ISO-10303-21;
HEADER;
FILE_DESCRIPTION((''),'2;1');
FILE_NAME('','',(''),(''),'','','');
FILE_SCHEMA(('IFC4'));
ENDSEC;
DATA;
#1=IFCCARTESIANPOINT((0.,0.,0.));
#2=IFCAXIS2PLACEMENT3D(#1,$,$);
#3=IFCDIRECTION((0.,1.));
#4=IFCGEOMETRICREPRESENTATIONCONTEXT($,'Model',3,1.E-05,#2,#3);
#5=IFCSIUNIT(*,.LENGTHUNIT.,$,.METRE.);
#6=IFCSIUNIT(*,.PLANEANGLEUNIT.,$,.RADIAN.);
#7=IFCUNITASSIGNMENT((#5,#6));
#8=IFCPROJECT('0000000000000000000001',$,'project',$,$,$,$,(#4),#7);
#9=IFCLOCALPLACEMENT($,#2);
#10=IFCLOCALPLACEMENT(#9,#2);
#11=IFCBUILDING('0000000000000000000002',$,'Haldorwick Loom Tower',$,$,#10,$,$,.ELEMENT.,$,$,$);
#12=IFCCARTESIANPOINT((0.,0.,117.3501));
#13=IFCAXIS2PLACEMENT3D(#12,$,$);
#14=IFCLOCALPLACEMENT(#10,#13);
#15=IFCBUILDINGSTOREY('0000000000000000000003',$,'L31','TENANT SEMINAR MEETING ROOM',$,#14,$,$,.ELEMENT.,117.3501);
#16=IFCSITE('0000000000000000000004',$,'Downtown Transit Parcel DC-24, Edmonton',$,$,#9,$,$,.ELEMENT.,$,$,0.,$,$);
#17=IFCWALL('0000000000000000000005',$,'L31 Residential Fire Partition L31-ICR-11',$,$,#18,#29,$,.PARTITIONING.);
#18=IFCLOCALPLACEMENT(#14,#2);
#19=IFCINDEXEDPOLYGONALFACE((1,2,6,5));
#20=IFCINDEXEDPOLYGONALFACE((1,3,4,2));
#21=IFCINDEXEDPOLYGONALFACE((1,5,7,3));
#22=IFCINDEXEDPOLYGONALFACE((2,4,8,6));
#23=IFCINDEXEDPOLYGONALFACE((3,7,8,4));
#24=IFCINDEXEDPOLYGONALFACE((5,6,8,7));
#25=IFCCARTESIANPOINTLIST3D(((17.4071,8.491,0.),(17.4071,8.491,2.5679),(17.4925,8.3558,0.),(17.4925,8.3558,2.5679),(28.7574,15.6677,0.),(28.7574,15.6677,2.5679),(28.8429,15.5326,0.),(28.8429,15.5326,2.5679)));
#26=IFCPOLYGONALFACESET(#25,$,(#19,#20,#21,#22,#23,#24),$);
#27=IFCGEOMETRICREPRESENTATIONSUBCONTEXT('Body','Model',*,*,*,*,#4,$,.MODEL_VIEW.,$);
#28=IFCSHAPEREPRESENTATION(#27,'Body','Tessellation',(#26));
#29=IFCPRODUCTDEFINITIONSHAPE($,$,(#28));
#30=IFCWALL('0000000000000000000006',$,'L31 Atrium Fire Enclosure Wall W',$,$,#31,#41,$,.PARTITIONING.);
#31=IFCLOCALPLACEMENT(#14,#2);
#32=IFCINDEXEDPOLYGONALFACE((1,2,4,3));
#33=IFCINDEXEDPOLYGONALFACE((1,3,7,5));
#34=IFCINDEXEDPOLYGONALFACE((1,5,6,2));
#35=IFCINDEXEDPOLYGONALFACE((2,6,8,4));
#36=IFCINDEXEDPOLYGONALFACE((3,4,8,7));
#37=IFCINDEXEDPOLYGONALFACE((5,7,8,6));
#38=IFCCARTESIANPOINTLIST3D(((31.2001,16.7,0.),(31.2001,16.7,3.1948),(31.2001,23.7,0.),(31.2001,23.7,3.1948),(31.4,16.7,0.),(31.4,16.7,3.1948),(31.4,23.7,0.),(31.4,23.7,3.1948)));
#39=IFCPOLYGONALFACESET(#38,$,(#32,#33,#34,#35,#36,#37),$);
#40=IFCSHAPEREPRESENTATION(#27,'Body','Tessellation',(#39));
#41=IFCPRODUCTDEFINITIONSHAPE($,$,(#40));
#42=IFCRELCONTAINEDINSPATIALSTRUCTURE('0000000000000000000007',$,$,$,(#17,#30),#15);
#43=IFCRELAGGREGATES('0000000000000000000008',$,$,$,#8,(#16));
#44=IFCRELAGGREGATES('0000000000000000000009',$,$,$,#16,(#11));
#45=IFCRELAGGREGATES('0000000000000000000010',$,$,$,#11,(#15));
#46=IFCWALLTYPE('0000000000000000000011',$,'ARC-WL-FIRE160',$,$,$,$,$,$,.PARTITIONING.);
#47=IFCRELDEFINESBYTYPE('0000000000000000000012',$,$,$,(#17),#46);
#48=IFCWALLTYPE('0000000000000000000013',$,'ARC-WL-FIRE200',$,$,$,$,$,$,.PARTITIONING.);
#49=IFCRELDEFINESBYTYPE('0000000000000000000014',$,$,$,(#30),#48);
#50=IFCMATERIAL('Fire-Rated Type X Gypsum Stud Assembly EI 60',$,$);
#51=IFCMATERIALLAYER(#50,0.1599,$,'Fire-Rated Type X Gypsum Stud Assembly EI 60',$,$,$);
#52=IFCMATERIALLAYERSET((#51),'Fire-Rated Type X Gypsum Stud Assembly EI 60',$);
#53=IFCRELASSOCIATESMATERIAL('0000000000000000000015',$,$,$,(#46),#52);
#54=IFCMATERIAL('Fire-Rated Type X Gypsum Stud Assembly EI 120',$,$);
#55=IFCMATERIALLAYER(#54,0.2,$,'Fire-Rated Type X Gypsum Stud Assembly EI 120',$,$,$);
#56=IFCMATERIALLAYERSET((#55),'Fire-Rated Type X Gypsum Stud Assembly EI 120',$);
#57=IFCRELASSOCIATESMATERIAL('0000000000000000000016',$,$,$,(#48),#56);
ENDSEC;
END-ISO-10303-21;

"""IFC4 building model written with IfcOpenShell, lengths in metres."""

from ifc_helpers import new_model, si_unit, direction, frame, frame_2d, origin, place, context, subcontext, project, spatial, rectangle, extrude, material, layer, layer_set, type_object, element, save


model = new_model("IFC4")

# Units and contexts
model_context = context("Model", 3, precision=1e-05, world=origin(), true_north=direction((0.0, 1.0)))
body_context = subcontext(model_context, "Body", "Model", "MODEL_VIEW")
ifc_project = project(units=[si_unit("LENGTHUNIT", "METRE"), si_unit("PLANEANGLEUNIT", "RADIAN")], contexts=[model_context])

# Site, building, storey
site_placement = place(None, origin())
site = spatial("IfcSite", under=ifc_project, at=site_placement, Name="Downtown Transit Parcel DC-24, Edmonton", CompositionType="ELEMENT", RefElevation=0.0)
building_placement = place(site_placement, origin())
building = spatial("IfcBuilding", under=site, at=building_placement, Name="Haldorwick Loom Tower", CompositionType="ELEMENT")
storey_placement = place(building_placement, frame((0.0, 0.0, 117.3501)))
storey = spatial("IfcBuildingStorey", under=building, at=storey_placement, Name="L31", Description="TENANT SEMINAR MEETING ROOM", CompositionType="ELEMENT", Elevation=117.3501)

# Walls
ifc_material_1 = material(Name="Fire-Rated Type X Gypsum Stud Assembly EI 60")
ifc_layer_1 = layer(ifc_material_1, 0.1599, Name="Fire-Rated Type X Gypsum Stud Assembly EI 60")
ifc_layer_set_1 = layer_set([ifc_layer_1], Name="Fire-Rated Type X Gypsum Stud Assembly EI 60")
wall_type_1 = type_object("IfcWallType", Name="ARC-WL-FIRE160", PredefinedType="PARTITIONING", material=ifc_layer_set_1)
wall_1_placement = place(storey_placement, frame((28.8, 15.6001, 0.0), z_axis=(0.0, 0.0, 1.0), x_axis=(-0.845216, -0.534425, 0.0)))
element("IfcWall", 1, at=wall_1_placement, inside=storey, type_object=wall_type_1, Name="L31 Residential Fire Partition L31-ICR-11", PredefinedType="PARTITIONING", context=body_context, shape_type="SweptSolid", body=[
    extrude(rectangle(XDim=13.429, YDim=0.1599, at=frame_2d((6.7144, 0.0))), origin(), (0.0, 0.0, 1.0), 2.5679),
])
ifc_material_2 = material(Name="Fire-Rated Type X Gypsum Stud Assembly EI 120")
ifc_layer_2 = layer(ifc_material_2, 0.2, Name="Fire-Rated Type X Gypsum Stud Assembly EI 120")
ifc_layer_set_2 = layer_set([ifc_layer_2], Name="Fire-Rated Type X Gypsum Stud Assembly EI 120")
wall_type_2 = type_object("IfcWallType", Name="ARC-WL-FIRE200", PredefinedType="PARTITIONING", material=ifc_layer_set_2)
wall_2_placement = place(storey_placement, frame((31.3, 16.7, 0.0), z_axis=(0.0, 0.0, 1.0), x_axis=(0.0, 1.0, 0.0)))
element("IfcWall", 2, at=wall_2_placement, inside=storey, type_object=wall_type_2, Name="L31 Atrium Fire Enclosure Wall W", PredefinedType="PARTITIONING", context=body_context, shape_type="SweptSolid", body=[
    extrude(rectangle(XDim=7.0, YDim=0.2, at=frame_2d((3.5, 0.0))), origin(), (0.0, 0.0, 1.0), 3.1948),
])

save(model, "model.ifc")
